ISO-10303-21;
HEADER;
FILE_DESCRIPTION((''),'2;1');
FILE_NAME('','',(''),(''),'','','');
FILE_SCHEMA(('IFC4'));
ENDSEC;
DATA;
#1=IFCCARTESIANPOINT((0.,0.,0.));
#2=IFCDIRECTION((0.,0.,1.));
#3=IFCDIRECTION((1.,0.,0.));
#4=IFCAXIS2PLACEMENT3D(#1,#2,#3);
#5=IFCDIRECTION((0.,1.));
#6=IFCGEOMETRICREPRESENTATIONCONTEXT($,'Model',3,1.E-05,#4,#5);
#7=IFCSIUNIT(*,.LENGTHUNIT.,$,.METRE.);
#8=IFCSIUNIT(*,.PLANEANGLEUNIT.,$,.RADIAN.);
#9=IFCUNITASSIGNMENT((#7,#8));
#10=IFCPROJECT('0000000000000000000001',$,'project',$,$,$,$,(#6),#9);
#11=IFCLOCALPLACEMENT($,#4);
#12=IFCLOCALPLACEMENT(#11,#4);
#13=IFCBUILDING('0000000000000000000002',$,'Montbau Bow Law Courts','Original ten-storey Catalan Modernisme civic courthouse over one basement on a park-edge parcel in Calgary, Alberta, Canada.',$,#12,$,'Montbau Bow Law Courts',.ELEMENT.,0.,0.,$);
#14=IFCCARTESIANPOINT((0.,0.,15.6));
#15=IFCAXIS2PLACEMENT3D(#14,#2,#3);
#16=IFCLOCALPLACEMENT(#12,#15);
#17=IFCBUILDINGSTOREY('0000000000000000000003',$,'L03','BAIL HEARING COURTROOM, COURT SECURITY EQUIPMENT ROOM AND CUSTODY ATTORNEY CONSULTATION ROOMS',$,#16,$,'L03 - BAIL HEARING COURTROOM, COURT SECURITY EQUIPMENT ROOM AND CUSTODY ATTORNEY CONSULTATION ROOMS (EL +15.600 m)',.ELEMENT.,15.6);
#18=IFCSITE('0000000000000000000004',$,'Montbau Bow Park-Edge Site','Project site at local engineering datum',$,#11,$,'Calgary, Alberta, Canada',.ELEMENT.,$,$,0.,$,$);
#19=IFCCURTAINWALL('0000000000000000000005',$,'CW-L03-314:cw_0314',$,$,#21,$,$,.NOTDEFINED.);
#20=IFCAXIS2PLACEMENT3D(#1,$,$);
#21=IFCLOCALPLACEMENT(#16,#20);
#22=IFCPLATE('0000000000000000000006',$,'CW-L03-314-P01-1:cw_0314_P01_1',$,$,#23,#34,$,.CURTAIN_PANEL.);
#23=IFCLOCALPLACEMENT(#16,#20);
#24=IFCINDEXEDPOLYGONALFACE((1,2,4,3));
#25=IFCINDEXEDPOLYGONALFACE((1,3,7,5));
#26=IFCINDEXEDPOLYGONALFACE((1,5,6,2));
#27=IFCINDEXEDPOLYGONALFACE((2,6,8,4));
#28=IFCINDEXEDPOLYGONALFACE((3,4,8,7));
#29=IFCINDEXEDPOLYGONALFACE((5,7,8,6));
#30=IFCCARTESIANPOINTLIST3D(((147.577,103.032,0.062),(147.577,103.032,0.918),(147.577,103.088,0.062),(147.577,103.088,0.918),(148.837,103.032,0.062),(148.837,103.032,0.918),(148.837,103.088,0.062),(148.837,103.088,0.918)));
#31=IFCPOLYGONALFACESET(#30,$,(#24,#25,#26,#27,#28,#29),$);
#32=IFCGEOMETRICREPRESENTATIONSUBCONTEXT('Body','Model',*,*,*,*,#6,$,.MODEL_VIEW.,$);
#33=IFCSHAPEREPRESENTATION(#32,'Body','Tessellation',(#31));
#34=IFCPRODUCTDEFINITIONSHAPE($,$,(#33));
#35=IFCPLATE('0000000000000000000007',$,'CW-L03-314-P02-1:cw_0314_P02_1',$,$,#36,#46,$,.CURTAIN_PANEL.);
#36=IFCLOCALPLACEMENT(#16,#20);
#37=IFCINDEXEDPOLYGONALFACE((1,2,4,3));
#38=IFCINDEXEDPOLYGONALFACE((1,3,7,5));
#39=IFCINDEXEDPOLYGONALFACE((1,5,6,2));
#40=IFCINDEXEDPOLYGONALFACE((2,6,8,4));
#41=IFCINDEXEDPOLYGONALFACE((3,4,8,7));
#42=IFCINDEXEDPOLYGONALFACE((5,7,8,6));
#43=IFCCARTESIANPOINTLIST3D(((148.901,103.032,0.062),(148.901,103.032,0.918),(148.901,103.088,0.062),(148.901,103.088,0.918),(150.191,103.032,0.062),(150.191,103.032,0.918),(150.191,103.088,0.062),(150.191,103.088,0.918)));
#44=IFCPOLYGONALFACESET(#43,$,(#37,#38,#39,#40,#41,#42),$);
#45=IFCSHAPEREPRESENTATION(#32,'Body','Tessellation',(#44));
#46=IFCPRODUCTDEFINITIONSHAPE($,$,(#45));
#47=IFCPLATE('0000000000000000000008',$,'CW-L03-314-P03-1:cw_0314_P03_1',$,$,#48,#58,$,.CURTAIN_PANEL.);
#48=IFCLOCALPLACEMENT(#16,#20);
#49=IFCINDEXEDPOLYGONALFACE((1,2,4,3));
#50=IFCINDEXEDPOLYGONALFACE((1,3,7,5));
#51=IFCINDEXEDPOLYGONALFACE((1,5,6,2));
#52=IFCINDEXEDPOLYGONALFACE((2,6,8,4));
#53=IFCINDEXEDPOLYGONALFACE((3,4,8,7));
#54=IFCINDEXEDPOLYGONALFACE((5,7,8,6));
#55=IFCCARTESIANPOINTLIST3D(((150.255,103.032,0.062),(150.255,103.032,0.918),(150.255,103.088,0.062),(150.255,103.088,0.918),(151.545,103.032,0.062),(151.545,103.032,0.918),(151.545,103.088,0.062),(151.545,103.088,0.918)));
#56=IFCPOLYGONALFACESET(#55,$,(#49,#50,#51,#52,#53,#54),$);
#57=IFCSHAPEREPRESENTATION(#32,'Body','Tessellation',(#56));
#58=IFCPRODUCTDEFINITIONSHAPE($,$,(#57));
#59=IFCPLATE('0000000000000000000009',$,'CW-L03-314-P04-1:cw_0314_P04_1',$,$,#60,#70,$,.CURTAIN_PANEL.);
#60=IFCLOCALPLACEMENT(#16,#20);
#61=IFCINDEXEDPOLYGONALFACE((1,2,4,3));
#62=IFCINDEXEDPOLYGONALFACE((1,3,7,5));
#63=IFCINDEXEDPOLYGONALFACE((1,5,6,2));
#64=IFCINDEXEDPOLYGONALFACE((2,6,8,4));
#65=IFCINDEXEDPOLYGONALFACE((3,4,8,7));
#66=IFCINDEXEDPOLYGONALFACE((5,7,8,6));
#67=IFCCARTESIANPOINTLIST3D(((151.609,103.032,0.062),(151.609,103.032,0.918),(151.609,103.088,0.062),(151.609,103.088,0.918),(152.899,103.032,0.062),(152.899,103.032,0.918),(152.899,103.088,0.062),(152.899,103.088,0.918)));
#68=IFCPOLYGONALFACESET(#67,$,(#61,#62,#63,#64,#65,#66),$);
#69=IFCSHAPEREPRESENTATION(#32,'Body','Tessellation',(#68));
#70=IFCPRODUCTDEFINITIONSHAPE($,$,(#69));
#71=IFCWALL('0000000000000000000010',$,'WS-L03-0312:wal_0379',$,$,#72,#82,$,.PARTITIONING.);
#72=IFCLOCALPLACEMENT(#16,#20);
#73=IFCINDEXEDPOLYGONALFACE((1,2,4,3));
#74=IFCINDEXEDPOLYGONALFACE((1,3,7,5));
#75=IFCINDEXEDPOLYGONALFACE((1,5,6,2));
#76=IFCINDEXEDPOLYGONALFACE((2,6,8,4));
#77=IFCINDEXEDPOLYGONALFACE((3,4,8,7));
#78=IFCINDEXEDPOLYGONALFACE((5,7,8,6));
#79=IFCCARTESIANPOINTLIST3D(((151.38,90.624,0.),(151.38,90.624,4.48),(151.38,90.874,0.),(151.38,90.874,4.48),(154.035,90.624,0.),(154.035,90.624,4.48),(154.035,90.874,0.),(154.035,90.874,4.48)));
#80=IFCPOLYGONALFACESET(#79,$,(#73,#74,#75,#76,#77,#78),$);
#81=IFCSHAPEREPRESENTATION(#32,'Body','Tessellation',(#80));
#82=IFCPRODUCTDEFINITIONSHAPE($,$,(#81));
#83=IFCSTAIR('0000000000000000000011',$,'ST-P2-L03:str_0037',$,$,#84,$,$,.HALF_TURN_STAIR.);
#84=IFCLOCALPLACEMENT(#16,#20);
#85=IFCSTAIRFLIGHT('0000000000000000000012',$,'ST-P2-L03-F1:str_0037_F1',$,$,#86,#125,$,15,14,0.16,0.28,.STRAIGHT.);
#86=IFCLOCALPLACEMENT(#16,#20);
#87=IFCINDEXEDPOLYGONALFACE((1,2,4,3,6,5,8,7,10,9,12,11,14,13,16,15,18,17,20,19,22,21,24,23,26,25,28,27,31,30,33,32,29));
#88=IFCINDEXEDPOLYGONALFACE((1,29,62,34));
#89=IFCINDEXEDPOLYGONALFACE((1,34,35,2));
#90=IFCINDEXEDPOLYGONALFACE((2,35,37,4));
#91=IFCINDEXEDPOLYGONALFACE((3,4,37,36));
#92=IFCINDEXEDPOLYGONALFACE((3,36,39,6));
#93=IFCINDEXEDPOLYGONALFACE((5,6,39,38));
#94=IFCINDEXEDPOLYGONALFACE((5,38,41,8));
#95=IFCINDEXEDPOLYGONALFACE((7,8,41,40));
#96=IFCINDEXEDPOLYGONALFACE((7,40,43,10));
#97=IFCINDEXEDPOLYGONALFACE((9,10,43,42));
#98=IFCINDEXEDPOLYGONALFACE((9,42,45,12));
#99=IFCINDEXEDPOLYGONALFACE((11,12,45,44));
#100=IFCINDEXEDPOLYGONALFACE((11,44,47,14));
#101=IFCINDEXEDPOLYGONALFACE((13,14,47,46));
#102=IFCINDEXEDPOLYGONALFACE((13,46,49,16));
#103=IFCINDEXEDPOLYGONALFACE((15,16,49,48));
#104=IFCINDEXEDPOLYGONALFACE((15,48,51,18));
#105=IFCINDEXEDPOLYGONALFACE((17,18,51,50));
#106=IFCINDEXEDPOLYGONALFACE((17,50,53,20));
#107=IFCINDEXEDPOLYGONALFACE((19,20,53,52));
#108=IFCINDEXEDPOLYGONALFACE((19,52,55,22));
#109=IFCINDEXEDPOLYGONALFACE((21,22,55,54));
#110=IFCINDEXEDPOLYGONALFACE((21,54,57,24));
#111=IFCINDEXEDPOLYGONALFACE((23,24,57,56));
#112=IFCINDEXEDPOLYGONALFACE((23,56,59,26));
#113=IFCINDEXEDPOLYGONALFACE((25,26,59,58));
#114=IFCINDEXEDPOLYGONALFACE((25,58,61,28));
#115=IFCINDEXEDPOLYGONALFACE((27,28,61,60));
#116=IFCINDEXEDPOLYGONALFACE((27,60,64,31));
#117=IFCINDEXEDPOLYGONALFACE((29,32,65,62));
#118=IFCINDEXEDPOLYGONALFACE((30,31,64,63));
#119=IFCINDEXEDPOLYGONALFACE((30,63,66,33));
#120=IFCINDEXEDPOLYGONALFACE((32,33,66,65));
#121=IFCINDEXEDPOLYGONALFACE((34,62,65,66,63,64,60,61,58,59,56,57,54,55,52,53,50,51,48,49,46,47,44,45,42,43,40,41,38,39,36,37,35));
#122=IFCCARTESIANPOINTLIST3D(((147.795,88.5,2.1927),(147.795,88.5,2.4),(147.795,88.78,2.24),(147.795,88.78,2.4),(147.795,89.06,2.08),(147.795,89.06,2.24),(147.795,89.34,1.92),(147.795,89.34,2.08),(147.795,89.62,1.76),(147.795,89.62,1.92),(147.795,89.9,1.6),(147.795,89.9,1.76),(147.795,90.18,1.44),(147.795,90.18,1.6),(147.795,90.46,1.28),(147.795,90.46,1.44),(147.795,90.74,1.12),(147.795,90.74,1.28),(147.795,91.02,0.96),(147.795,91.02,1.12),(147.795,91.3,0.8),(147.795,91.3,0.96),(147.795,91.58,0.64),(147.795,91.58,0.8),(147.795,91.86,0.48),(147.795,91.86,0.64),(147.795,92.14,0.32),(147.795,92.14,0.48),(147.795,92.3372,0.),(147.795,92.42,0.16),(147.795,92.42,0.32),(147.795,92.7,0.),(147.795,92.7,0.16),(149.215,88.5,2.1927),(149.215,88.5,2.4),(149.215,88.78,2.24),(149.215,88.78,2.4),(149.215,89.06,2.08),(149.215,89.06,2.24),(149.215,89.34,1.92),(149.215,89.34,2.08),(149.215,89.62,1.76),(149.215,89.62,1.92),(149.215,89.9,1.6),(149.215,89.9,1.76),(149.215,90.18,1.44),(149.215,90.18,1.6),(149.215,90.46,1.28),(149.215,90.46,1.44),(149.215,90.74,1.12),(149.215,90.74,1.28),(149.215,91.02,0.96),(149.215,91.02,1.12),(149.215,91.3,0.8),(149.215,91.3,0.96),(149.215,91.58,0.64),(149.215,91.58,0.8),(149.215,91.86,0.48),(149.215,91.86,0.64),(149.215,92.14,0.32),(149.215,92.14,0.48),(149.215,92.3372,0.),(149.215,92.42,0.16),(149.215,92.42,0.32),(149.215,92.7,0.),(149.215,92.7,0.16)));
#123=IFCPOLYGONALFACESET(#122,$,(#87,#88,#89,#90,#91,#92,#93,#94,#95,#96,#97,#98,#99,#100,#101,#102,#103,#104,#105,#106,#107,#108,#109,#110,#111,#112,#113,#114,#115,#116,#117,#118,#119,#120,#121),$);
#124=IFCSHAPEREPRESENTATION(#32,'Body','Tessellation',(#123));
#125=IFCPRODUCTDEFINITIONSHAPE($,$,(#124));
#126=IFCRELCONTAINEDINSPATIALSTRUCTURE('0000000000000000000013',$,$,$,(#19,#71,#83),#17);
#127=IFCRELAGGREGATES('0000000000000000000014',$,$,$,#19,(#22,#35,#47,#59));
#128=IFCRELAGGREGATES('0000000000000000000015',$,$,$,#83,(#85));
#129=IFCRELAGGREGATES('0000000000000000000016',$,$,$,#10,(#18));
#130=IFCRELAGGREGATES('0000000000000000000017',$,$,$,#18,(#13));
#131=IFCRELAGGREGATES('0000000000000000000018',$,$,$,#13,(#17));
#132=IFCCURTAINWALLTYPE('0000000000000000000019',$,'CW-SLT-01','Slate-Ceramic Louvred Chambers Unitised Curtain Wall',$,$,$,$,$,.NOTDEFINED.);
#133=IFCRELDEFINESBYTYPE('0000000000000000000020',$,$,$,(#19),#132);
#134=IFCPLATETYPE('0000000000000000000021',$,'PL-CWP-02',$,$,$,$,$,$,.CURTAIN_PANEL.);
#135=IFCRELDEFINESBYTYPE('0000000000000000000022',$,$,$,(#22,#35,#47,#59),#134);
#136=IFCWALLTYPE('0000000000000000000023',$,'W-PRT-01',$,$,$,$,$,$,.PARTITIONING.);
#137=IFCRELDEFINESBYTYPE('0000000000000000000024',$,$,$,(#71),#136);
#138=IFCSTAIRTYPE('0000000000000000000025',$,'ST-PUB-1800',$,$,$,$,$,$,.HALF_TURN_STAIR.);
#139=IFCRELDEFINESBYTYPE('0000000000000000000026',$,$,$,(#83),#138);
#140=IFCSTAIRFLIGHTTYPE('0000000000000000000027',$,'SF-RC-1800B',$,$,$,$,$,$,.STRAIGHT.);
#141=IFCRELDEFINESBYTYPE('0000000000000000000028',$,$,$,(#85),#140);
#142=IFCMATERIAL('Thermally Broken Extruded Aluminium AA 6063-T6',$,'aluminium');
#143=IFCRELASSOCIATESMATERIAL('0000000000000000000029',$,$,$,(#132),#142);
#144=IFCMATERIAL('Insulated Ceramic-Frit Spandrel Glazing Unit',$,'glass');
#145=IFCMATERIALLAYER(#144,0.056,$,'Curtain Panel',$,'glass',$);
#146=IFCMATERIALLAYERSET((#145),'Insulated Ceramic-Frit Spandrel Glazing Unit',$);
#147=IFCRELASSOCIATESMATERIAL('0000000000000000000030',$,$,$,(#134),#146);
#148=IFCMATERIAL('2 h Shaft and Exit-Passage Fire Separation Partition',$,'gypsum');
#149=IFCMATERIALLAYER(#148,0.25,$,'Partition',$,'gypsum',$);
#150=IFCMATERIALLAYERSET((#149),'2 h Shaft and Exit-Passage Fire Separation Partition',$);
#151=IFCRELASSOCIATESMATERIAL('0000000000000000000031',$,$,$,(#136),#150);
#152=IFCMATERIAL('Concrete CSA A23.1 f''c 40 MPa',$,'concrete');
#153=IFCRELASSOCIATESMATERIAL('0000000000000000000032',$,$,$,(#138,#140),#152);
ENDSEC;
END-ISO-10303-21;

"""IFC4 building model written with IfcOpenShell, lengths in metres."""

from ifc_helpers import new_model, si_unit, direction, frame, frame_2d, origin_with_axes, place, context, subcontext, project, spatial, polyline, rectangle, outline, extrude, material, layer, layer_set, type_object, element, aggregate, save


model = new_model("IFC4")

# Units and contexts
model_context = context("Model", 3, precision=1e-05, world=origin_with_axes(), true_north=direction((0.0, 1.0)))
body_context = subcontext(model_context, "Body", "Model", "MODEL_VIEW")
ifc_project = project(units=[si_unit("LENGTHUNIT", "METRE"), si_unit("PLANEANGLEUNIT", "RADIAN")], contexts=[model_context])

# Site, building, storey
site_placement = place(None, origin_with_axes())
site = spatial("IfcSite", under=ifc_project, at=site_placement, Name="Montbau Bow Park-Edge Site", Description="Project site at local engineering datum", LongName="Calgary, Alberta, Canada", CompositionType="ELEMENT", RefElevation=0.0)
building_placement = place(site_placement, origin_with_axes())
building = spatial("IfcBuilding", under=site, at=building_placement, Name="Montbau Bow Law Courts", Description="Original ten-storey Catalan Modernisme civic courthouse over one basement on a park-edge parcel in Calgary, Alberta, Canada.", LongName="Montbau Bow Law Courts", CompositionType="ELEMENT", ElevationOfRefHeight=0.0, ElevationOfTerrain=0.0)
storey_placement = place(building_placement, frame((0.0, 0.0, 15.6), z_axis=(0.0, 0.0, 1.0), x_axis=(1.0, 0.0, 0.0)))
storey = spatial("IfcBuildingStorey", under=building, at=storey_placement, Name="L03", Description="BAIL HEARING COURTROOM, COURT SECURITY EQUIPMENT ROOM AND CUSTODY ATTORNEY CONSULTATION ROOMS", LongName="L03 - BAIL HEARING COURTROOM, COURT SECURITY EQUIPMENT ROOM AND CUSTODY ATTORNEY CONSULTATION ROOMS (EL +15.600 m)", CompositionType="ELEMENT", Elevation=15.6)

# Curtain wall, plates
ifc_material_1 = material(Name="Thermally Broken Extruded Aluminium AA 6063-T6", Category="aluminium")
curtain_wall_type = type_object("IfcCurtainWallType", Name="CW-SLT-01", Description="Slate-Ceramic Louvred Chambers Unitised Curtain Wall", PredefinedType="NOTDEFINED", material=ifc_material_1)
curtain_wall_placement = place(None, frame((147.515, 103.06, 15.6), z_axis=(0.0, 0.0, 1.0), x_axis=(1.0, 0.0, 0.0)))
curtain_wall = element("IfcCurtainWall", 1, at=curtain_wall_placement, inside=storey, type_object=curtain_wall_type, Name="CW-L03-314:cw_0314", PredefinedType="NOTDEFINED")
ifc_material_2 = material(Name="Insulated Ceramic-Frit Spandrel Glazing Unit", Category="glass")
ifc_layer_1 = layer(ifc_material_2, 0.056, Name="Curtain Panel", Category="glass")
ifc_layer_set_1 = layer_set([ifc_layer_1], Name="Insulated Ceramic-Frit Spandrel Glazing Unit")
plate_type_1 = type_object("IfcPlateType", Name="PL-CWP-02", PredefinedType="CURTAIN_PANEL", material=ifc_layer_set_1)
plate_1_placement = place(None, frame((147.577, 103.06, 15.662), z_axis=(0.0, -1.0, 0.0), x_axis=(1.0, 0.0, 0.0)))
plate_1 = element("IfcPlate", 2, at=plate_1_placement, type_object=plate_type_1, Name="CW-L03-314-P01-1:cw_0314_P01_1", PredefinedType="CURTAIN_PANEL", context=body_context, shape_type="SweptSolid", body=[
    extrude(rectangle(XDim=1.26, YDim=0.856, at=frame_2d((0.63, 0.428), x_axis=(1.0, 0.0))), frame((0.0, 0.0, -0.028), z_axis=(0.0, 0.0, 1.0), x_axis=(1.0, 0.0, 0.0)), (0.0, 0.0, 1.0), 0.056),
])
plate_2_placement = place(None, frame((148.901, 103.06, 15.662), z_axis=(0.0, -1.0, 0.0), x_axis=(1.0, 0.0, 0.0)))
plate_2 = element("IfcPlate", 3, at=plate_2_placement, type_object=plate_type_1, Name="CW-L03-314-P02-1:cw_0314_P02_1", PredefinedType="CURTAIN_PANEL", context=body_context, shape_type="SweptSolid", body=[
    extrude(rectangle(XDim=1.29, YDim=0.856, at=frame_2d((0.645, 0.428), x_axis=(1.0, 0.0))), frame((0.0, 0.0, -0.028), z_axis=(0.0, 0.0, 1.0), x_axis=(1.0, 0.0, 0.0)), (0.0, 0.0, 1.0), 0.056),
])
plate_3_placement = place(None, frame((150.255, 103.06, 15.662), z_axis=(0.0, -1.0, 0.0), x_axis=(1.0, 0.0, 0.0)))
plate_3 = element("IfcPlate", 4, at=plate_3_placement, type_object=plate_type_1, Name="CW-L03-314-P03-1:cw_0314_P03_1", PredefinedType="CURTAIN_PANEL", context=body_context, shape_type="SweptSolid", body=[
    extrude(rectangle(XDim=1.29, YDim=0.856, at=frame_2d((0.645, 0.428), x_axis=(1.0, 0.0))), frame((0.0, 0.0, -0.028), z_axis=(0.0, 0.0, 1.0), x_axis=(1.0, 0.0, 0.0)), (0.0, 0.0, 1.0), 0.056),
])
plate_4_placement = place(None, frame((151.609, 103.06, 15.662), z_axis=(0.0, -1.0, 0.0), x_axis=(1.0, 0.0, 0.0)))
plate_4 = element("IfcPlate", 5, at=plate_4_placement, type_object=plate_type_1, Name="CW-L03-314-P04-1:cw_0314_P04_1", PredefinedType="CURTAIN_PANEL", context=body_context, shape_type="SweptSolid", body=[
    extrude(rectangle(XDim=1.29, YDim=0.856, at=frame_2d((0.645, 0.428), x_axis=(1.0, 0.0))), frame((0.0, 0.0, -0.028), z_axis=(0.0, 0.0, 1.0), x_axis=(1.0, 0.0, 0.0)), (0.0, 0.0, 1.0), 0.056),
])
aggregate(curtain_wall, [plate_1, plate_2, plate_3, plate_4])

# Wall
ifc_material_3 = material(Name="2 h Shaft and Exit-Passage Fire Separation Partition", Category="gypsum")
ifc_layer_2 = layer(ifc_material_3, 0.25, Name="Partition", Category="gypsum")
ifc_layer_set_2 = layer_set([ifc_layer_2], Name="2 h Shaft and Exit-Passage Fire Separation Partition")
wall_type = type_object("IfcWallType", Name="W-PRT-01", PredefinedType="PARTITIONING", material=ifc_layer_set_2)
wall_placement = place(None, frame((151.38, 90.749, 15.6), z_axis=(0.0, 0.0, 1.0), x_axis=(1.0, 0.0, 0.0)))
element("IfcWall", 6, at=wall_placement, inside=storey, type_object=wall_type, Name="WS-L03-0312:wal_0379", PredefinedType="PARTITIONING", context=body_context, shape_type="SweptSolid", body=[
    extrude(rectangle(XDim=2.655, YDim=0.25, at=frame_2d((1.3275, 0.0), x_axis=(1.0, 0.0))), origin_with_axes(), (0.0, 0.0, 1.0), 4.48),
])

# Stair, stair flight
ifc_material_4 = material(Name="Concrete CSA A23.1 f'c 40 MPa", Category="concrete")
stair_type = type_object("IfcStairType", Name="ST-PUB-1800", PredefinedType="HALF_TURN_STAIR", material=ifc_material_4)
stair_placement = place(None, frame((148.505, 92.7, 15.6), z_axis=(0.0, 0.0, 1.0), x_axis=(1.0, 0.0, 0.0)))
stair = element("IfcStair", 7, at=stair_placement, inside=storey, type_object=stair_type, Name="ST-P2-L03:str_0037", PredefinedType="HALF_TURN_STAIR")
stair_flight_type = type_object("IfcStairFlightType", Name="SF-RC-1800B", PredefinedType="STRAIGHT", material=ifc_material_4)
stair_flight_placement = place(None, frame((148.505, 92.7, 15.6), z_axis=(0.0, 0.0, 1.0), x_axis=(0.0, -1.0, 0.0)))
stair_flight = element("IfcStairFlight", 8, at=stair_flight_placement, type_object=stair_flight_type, Name="ST-P2-L03-F1:str_0037_F1", NumberOfRisers=15, NumberOfTreads=14, PredefinedType="STRAIGHT", RiserHeight=0.16, TreadLength=0.28, context=body_context, shape_type="SweptSolid", body=[
    extrude(outline(polyline([(0.0, 0.0), (0.0, 0.16), (0.28, 0.16), (0.28, 0.32), (0.56, 0.32), (0.56, 0.48), (0.84, 0.48), (0.84, 0.64), (1.12, 0.64), (1.12, 0.8), (1.4, 0.8), (1.4, 0.96), (1.68, 0.96), (1.68, 1.12), (1.96, 1.12), (1.96, 1.28), (2.24, 1.28), (2.24, 1.44), (2.52, 1.44), (2.52, 1.6), (2.8, 1.6), (2.8, 1.76), (3.08, 1.76), (3.08, 1.92), (3.36, 1.92), (3.36, 2.08), (3.64, 2.08), (3.64, 2.24), (3.92, 2.24), (3.92, 2.4), (4.2, 2.4), (4.2, 2.1927), (0.3628, 0.0), (0.0, 0.0)])), frame((0.0, 0.71, 0.0), z_axis=(0.0, -1.0, 0.0), x_axis=(1.0, 0.0, 0.0)), (0.0, 0.0, 1.0), 1.42),
])
aggregate(stair, [stair_flight])

save(model, "model.ifc")
